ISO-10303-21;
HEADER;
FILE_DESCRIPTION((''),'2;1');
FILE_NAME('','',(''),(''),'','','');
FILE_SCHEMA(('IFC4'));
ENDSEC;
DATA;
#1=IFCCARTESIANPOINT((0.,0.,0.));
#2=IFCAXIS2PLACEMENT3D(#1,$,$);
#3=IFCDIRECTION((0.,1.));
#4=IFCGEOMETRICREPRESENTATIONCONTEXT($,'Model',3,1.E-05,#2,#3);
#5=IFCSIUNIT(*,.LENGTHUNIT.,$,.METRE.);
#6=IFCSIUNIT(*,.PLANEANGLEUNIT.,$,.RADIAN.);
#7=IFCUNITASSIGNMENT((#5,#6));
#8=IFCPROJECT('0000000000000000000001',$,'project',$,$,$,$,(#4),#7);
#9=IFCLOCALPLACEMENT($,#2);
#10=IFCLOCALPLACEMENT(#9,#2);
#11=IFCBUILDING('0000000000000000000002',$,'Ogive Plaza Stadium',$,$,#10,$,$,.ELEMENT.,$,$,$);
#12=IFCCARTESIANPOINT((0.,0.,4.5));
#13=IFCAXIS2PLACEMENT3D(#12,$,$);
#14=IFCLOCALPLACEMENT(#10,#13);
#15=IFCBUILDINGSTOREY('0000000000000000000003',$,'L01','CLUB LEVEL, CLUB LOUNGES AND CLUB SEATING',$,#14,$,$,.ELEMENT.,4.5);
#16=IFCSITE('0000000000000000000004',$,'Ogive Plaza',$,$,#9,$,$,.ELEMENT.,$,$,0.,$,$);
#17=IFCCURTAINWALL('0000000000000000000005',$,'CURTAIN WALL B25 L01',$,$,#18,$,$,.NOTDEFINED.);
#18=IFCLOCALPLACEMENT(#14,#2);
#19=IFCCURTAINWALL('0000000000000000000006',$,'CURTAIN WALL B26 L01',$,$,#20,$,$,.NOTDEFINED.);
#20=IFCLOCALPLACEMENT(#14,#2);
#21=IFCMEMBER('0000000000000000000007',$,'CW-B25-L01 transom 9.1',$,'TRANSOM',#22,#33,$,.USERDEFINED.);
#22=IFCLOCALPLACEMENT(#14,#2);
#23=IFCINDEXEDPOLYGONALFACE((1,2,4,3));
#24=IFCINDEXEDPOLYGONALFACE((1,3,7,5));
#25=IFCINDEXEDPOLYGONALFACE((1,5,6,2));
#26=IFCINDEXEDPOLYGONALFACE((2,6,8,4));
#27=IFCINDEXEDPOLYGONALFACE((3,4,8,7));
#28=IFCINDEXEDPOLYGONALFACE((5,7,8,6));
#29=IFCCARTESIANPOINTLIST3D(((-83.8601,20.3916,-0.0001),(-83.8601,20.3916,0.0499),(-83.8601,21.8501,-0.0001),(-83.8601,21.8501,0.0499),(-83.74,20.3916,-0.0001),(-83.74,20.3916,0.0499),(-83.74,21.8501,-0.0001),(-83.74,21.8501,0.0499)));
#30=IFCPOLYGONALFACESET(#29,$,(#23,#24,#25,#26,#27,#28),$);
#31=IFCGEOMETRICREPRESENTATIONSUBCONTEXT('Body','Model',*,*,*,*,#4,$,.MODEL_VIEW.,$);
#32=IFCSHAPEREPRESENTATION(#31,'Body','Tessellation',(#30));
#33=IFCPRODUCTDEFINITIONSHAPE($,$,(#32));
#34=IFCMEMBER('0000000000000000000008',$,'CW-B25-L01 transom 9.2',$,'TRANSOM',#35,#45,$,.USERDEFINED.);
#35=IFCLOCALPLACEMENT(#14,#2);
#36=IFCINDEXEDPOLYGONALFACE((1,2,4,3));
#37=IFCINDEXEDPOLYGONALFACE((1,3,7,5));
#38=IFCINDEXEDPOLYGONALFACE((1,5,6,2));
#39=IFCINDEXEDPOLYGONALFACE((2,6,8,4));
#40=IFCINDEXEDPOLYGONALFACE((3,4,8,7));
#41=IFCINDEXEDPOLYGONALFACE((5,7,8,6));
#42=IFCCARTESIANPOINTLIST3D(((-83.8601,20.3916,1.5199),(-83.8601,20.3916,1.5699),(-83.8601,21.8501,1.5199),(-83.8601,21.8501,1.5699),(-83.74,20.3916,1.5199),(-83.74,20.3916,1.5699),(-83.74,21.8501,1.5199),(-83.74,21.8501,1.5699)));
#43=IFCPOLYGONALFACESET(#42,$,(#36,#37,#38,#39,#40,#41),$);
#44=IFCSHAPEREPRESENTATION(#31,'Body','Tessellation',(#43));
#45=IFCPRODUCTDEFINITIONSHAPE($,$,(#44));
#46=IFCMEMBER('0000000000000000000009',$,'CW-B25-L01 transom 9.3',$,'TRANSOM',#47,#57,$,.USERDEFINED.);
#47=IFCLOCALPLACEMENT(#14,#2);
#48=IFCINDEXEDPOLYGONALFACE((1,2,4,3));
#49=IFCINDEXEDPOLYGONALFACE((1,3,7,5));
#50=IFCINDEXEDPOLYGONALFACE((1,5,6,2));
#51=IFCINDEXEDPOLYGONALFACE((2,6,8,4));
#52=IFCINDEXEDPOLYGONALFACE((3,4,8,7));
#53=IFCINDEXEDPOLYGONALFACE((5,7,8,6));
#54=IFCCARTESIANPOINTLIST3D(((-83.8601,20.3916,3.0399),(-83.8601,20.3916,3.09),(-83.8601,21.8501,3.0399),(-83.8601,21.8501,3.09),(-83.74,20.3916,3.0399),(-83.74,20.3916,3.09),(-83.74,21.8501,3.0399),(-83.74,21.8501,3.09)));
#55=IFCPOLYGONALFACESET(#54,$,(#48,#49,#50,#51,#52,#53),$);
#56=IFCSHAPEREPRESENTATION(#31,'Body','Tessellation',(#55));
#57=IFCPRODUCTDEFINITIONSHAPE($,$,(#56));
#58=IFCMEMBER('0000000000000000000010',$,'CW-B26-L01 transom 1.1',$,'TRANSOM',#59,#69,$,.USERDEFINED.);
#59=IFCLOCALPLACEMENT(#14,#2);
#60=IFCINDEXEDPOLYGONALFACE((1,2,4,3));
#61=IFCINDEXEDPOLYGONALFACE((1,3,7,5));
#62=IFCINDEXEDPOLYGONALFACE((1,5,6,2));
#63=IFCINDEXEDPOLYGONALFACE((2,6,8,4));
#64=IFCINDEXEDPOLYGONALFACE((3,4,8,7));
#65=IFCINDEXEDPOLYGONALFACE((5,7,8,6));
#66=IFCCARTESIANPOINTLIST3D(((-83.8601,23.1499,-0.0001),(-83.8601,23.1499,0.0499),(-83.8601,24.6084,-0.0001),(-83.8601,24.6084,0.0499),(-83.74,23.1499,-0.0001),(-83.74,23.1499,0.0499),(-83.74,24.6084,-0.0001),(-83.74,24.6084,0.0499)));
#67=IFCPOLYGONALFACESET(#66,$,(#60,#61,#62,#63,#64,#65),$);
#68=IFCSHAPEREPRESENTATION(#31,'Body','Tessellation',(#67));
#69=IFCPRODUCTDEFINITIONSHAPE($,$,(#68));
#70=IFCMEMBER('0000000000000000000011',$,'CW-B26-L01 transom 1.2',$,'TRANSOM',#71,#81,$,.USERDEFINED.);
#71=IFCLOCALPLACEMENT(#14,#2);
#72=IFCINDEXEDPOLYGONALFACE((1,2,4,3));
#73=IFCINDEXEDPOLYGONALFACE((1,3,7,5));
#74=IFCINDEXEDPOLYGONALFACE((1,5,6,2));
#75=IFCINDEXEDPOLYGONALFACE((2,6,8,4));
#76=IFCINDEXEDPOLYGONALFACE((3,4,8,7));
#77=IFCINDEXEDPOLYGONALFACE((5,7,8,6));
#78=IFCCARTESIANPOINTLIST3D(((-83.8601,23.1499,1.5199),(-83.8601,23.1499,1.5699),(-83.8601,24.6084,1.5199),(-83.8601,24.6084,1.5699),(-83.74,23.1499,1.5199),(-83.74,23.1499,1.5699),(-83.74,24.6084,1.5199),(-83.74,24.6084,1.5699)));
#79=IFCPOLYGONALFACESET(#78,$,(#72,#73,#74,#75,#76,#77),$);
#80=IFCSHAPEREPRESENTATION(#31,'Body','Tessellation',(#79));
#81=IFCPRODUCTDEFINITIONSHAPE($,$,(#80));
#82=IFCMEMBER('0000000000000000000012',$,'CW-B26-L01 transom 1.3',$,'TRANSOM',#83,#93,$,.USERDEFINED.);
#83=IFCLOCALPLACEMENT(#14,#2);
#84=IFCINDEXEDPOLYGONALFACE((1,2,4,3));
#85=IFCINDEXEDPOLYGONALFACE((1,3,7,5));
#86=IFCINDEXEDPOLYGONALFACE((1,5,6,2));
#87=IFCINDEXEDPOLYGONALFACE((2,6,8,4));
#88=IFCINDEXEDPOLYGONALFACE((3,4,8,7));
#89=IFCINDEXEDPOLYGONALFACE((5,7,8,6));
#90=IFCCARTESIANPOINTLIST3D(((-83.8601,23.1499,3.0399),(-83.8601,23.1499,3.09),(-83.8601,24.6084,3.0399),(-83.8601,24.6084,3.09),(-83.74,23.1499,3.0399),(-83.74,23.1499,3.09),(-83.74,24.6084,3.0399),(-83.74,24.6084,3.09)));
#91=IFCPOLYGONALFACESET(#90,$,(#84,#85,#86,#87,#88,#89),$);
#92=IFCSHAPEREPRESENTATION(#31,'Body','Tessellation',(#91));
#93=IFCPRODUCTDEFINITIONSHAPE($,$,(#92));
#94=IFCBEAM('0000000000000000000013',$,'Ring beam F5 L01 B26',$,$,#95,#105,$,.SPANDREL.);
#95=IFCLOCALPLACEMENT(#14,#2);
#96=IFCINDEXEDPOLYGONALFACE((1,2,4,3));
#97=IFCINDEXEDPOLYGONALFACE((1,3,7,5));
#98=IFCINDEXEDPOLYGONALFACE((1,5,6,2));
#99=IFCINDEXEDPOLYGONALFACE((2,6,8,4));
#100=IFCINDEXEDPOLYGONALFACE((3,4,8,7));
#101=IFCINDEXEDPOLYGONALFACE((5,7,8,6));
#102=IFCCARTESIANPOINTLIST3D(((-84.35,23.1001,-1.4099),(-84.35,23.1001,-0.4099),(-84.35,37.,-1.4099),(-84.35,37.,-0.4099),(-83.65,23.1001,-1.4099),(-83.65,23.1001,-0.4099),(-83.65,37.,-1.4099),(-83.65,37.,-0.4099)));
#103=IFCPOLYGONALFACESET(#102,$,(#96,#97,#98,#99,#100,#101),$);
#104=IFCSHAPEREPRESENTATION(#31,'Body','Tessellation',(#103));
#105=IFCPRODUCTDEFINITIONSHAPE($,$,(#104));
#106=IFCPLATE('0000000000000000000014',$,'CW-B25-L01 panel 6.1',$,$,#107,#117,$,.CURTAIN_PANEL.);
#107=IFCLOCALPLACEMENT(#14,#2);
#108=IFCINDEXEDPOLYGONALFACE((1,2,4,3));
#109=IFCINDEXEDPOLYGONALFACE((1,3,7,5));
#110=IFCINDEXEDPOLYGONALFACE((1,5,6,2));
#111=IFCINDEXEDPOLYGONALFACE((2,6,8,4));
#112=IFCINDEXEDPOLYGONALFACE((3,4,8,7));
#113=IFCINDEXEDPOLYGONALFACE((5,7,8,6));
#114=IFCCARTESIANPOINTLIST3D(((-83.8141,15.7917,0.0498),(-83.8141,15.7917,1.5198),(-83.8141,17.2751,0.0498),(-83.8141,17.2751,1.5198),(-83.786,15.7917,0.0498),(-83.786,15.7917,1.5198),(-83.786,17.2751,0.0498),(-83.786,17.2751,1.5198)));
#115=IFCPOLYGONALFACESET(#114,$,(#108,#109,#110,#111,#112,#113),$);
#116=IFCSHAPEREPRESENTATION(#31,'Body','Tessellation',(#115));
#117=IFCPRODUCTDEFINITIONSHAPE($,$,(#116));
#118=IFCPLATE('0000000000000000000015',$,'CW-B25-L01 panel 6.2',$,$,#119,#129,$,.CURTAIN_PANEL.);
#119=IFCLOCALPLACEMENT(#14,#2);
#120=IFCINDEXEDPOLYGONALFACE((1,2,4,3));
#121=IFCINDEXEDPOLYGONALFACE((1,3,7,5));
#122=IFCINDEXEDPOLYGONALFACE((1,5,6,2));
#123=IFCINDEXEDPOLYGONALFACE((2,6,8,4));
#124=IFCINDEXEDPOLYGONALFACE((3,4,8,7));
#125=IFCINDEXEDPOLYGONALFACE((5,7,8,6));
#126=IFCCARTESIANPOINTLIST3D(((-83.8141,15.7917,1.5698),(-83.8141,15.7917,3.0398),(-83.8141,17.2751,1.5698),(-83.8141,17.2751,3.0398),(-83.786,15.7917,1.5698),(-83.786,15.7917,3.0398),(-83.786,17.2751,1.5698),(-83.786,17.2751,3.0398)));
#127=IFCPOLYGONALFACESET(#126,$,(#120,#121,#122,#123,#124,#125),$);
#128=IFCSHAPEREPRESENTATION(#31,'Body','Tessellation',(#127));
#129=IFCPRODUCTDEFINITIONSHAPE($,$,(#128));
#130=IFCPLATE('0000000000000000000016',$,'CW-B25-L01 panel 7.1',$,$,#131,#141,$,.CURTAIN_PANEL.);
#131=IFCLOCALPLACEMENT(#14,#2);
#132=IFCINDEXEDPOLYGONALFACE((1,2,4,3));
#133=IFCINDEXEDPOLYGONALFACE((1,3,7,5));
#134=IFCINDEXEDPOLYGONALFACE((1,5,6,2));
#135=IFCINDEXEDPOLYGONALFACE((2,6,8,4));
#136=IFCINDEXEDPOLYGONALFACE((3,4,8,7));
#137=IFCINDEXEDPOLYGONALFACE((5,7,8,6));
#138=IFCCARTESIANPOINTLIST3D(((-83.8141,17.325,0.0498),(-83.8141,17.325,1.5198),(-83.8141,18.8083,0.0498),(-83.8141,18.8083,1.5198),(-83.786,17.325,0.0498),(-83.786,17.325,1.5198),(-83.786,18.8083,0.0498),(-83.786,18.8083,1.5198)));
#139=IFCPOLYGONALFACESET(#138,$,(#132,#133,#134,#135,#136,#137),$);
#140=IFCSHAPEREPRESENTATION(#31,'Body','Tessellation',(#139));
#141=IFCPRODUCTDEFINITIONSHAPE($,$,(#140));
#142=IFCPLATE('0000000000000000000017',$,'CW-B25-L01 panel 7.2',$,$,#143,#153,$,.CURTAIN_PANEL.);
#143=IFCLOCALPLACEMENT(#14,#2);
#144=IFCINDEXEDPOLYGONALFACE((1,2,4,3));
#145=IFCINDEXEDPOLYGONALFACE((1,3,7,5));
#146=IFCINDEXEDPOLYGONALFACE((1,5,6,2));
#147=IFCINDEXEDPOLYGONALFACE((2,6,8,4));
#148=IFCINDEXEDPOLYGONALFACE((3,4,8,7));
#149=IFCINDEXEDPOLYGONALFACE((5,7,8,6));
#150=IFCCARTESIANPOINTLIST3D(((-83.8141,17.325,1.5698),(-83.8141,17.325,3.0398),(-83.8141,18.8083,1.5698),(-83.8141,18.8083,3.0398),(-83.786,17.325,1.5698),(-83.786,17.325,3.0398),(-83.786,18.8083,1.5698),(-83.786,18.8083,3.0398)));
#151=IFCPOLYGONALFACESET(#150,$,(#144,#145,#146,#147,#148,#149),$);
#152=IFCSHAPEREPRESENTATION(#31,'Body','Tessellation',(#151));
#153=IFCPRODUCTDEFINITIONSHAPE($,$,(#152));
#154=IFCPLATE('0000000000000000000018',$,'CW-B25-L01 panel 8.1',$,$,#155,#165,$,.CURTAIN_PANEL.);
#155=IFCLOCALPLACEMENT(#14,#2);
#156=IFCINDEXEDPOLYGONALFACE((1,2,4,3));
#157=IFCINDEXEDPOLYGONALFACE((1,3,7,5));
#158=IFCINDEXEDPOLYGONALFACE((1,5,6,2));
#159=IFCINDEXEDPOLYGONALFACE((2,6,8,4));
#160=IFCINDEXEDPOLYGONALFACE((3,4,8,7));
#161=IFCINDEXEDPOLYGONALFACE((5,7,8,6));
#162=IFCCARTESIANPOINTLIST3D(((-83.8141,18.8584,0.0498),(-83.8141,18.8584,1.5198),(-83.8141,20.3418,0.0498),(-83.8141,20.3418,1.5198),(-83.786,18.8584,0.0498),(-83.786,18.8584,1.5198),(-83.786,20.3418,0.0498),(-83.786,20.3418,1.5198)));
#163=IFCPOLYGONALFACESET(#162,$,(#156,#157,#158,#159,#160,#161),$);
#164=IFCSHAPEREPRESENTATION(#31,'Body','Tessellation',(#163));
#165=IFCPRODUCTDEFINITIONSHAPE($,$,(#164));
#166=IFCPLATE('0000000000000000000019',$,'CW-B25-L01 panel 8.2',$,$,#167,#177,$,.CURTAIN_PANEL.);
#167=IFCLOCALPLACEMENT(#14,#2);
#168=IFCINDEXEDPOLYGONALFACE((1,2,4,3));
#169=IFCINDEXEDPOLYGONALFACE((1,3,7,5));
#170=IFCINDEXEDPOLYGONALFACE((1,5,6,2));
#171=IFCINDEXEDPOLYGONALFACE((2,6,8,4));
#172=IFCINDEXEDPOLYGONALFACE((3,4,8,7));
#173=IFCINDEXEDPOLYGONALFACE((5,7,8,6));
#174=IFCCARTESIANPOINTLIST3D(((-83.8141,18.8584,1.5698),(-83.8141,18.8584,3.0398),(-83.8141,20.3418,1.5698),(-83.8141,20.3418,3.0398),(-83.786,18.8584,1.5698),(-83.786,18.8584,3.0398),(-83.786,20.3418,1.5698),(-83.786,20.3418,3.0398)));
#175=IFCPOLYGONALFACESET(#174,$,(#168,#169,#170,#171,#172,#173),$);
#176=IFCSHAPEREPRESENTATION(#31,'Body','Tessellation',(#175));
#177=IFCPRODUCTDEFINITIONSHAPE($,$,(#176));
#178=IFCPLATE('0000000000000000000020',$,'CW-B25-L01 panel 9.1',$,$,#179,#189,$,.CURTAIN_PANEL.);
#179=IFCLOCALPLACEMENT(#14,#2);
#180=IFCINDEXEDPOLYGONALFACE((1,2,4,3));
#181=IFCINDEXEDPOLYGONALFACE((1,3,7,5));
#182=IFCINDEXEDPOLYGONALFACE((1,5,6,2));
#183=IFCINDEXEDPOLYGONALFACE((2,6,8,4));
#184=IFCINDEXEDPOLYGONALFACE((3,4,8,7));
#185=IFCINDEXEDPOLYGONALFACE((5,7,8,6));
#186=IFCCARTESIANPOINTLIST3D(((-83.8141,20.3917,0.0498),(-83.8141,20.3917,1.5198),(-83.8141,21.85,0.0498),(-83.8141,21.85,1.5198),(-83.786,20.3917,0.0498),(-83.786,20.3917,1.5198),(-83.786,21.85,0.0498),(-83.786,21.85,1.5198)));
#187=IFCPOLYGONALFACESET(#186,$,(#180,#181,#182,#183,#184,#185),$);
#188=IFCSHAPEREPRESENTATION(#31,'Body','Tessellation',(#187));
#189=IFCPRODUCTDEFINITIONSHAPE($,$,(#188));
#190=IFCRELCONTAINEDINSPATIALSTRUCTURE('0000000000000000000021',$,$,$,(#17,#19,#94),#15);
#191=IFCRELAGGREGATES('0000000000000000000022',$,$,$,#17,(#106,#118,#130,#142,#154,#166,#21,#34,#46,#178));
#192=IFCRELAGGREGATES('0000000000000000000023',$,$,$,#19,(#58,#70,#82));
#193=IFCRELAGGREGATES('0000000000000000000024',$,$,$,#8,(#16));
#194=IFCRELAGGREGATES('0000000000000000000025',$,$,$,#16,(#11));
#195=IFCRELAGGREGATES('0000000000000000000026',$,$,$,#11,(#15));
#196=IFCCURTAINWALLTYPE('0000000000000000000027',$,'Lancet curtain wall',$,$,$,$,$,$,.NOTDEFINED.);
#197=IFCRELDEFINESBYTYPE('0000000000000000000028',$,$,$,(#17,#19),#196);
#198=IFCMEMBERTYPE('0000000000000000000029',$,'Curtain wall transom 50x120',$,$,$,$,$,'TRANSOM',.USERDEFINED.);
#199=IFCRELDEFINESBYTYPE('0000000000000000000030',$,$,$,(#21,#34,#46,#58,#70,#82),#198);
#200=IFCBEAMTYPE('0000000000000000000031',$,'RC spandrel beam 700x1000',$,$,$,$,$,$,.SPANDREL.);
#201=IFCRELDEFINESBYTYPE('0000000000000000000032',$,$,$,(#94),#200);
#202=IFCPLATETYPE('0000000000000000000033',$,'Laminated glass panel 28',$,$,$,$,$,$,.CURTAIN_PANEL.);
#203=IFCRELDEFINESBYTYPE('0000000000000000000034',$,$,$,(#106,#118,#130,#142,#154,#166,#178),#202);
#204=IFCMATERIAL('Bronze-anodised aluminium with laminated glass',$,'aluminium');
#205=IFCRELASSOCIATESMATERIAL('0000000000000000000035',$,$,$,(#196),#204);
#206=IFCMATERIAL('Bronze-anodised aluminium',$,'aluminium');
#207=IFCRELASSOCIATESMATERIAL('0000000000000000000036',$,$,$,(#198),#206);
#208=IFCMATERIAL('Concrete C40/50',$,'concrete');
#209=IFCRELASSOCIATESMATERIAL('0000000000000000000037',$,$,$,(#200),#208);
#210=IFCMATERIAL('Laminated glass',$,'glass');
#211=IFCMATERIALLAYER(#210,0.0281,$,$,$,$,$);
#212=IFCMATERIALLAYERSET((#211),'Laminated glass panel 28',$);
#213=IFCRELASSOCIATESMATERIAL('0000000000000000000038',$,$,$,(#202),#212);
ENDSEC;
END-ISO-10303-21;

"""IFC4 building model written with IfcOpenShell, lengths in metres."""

from ifc_helpers import new_model, si_unit, direction, frame, origin, origin_2d, place, context, subcontext, project, spatial, rectangle, extrude, material, layer, layer_set, material_profile, profile_set, type_object, element, aggregate, save


model = new_model("IFC4")

# Units and contexts
model_context = context("Model", 3, precision=1e-05, world=origin(), true_north=direction((0.0, 1.0)))
body_context = subcontext(model_context, "Body", "Model", "MODEL_VIEW")
ifc_project = project(units=[si_unit("LENGTHUNIT", "METRE"), si_unit("PLANEANGLEUNIT", "RADIAN")], contexts=[model_context])

# Site, building, storey
site_placement = place(None, origin())
site = spatial("IfcSite", under=ifc_project, at=site_placement, Name="Ogive Plaza", CompositionType="ELEMENT", RefElevation=0.0)
building_placement = place(site_placement, origin())
building = spatial("IfcBuilding", under=site, at=building_placement, Name="Ogive Plaza Stadium", CompositionType="ELEMENT")
storey_placement = place(building_placement, frame((0.0, 0.0, 4.5)))
storey = spatial("IfcBuildingStorey", under=building, at=storey_placement, Name="L01", Description="CLUB LEVEL, CLUB LOUNGES AND CLUB SEATING", CompositionType="ELEMENT", Elevation=4.5)

# Curtain walls
ifc_material_1 = material(Name="Bronze-anodised aluminium with laminated glass", Category="aluminium")
curtain_wall_type = type_object("IfcCurtainWallType", Name="Lancet curtain wall", PredefinedType="NOTDEFINED", material=ifc_material_1)
curtain_wall_1_placement = place(storey_placement, origin())
curtain_wall_1 = element("IfcCurtainWall", 1, at=curtain_wall_1_placement, inside=storey, type_object=curtain_wall_type, Name="CURTAIN WALL B25 L01", PredefinedType="NOTDEFINED")
curtain_wall_2_placement = place(storey_placement, origin())
curtain_wall_2 = element("IfcCurtainWall", 2, at=curtain_wall_2_placement, inside=storey, type_object=curtain_wall_type, Name="CURTAIN WALL B26 L01", PredefinedType="NOTDEFINED")

# Members
ifc_material_2 = material(Name="Bronze-anodised aluminium", Category="aluminium")
ifc_material_profile_1 = material_profile(ifc_material_2, rectangle(XDim=0.1201, YDim=0.05, at=origin_2d()), Name="AL 120x50")
ifc_profile_set_1 = profile_set([ifc_material_profile_1], Name="Bronze-anodised aluminium")
member_type_1 = type_object("IfcMemberType", Name="Curtain wall transom 50x120", ElementType="TRANSOM", PredefinedType="USERDEFINED", material=ifc_profile_set_1)
member_1_placement = place(storey_placement, frame((-83.8, 20.3916, 0.0249), z_axis=(0.0, 1.0, 0.0), x_axis=(-1.0, 0.0, 0.0)))
member_1 = element("IfcMember", 3, at=member_1_placement, type_object=member_type_1, Name="CW-B25-L01 transom 9.1", ObjectType="TRANSOM", PredefinedType="USERDEFINED", context=body_context, shape_type="SweptSolid", body=[
    extrude(rectangle(XDim=0.1201, YDim=0.05, at=origin_2d()), origin(), (0.0, 0.0, 1.0), 1.4585),
])
member_2_placement = place(storey_placement, frame((-83.8, 20.3916, 1.5449), z_axis=(0.0, 1.0, 0.0), x_axis=(-1.0, 0.0, 0.0)))
member_2 = element("IfcMember", 4, at=member_2_placement, type_object=member_type_1, Name="CW-B25-L01 transom 9.2", ObjectType="TRANSOM", PredefinedType="USERDEFINED", context=body_context, shape_type="SweptSolid", body=[
    extrude(rectangle(XDim=0.1201, YDim=0.05, at=origin_2d()), origin(), (0.0, 0.0, 1.0), 1.4585),
])
member_3_placement = place(storey_placement, frame((-83.8, 20.3916, 3.0649), z_axis=(0.0, 1.0, 0.0), x_axis=(-1.0, 0.0, 0.0)))
member_3 = element("IfcMember", 5, at=member_3_placement, type_object=member_type_1, Name="CW-B25-L01 transom 9.3", ObjectType="TRANSOM", PredefinedType="USERDEFINED", context=body_context, shape_type="SweptSolid", body=[
    extrude(rectangle(XDim=0.1201, YDim=0.05, at=origin_2d()), origin(), (0.0, 0.0, 1.0), 1.4585),
])
member_4_placement = place(storey_placement, frame((-83.8, 23.1499, 0.0249), z_axis=(0.0, 1.0, 0.0), x_axis=(-1.0, 0.0, 0.0)))
member_4 = element("IfcMember", 6, at=member_4_placement, type_object=member_type_1, Name="CW-B26-L01 transom 1.1", ObjectType="TRANSOM", PredefinedType="USERDEFINED", context=body_context, shape_type="SweptSolid", body=[
    extrude(rectangle(XDim=0.1201, YDim=0.05, at=origin_2d()), origin(), (0.0, 0.0, 1.0), 1.4585),
])
member_5_placement = place(storey_placement, frame((-83.8, 23.1499, 1.5449), z_axis=(0.0, 1.0, 0.0), x_axis=(-1.0, 0.0, 0.0)))
member_5 = element("IfcMember", 7, at=member_5_placement, type_object=member_type_1, Name="CW-B26-L01 transom 1.2", ObjectType="TRANSOM", PredefinedType="USERDEFINED", context=body_context, shape_type="SweptSolid", body=[
    extrude(rectangle(XDim=0.1201, YDim=0.05, at=origin_2d()), origin(), (0.0, 0.0, 1.0), 1.4585),
])
member_6_placement = place(storey_placement, frame((-83.8, 23.1499, 3.0649), z_axis=(0.0, 1.0, 0.0), x_axis=(-1.0, 0.0, 0.0)))
member_6 = element("IfcMember", 8, at=member_6_placement, type_object=member_type_1, Name="CW-B26-L01 transom 1.3", ObjectType="TRANSOM", PredefinedType="USERDEFINED", context=body_context, shape_type="SweptSolid", body=[
    extrude(rectangle(XDim=0.1201, YDim=0.05, at=origin_2d()), origin(), (0.0, 0.0, 1.0), 1.4585),
])

# Beam
ifc_material_3 = material(Name="Concrete C40/50", Category="concrete")
ifc_material_profile_2 = material_profile(ifc_material_3, rectangle(XDim=0.7, YDim=1.0, at=origin_2d()), Name="RC 700x1000")
ifc_profile_set_2 = profile_set([ifc_material_profile_2], Name="Concrete C40/50")
beam_type = type_object("IfcBeamType", Name="RC spandrel beam 700x1000", PredefinedType="SPANDREL", material=ifc_profile_set_2)
beam_placement = place(storey_placement, frame((-84.0, 23.1001, -0.9099), z_axis=(0.0, 1.0, 0.0), x_axis=(-1.0, 0.0, 0.0)))
element("IfcBeam", 9, at=beam_placement, inside=storey, type_object=beam_type, Name="Ring beam F5 L01 B26", PredefinedType="SPANDREL", context=body_context, shape_type="SweptSolid", body=[
    extrude(rectangle(XDim=0.7, YDim=1.0, at=origin_2d()), origin(), (0.0, 0.0, 1.0), 13.8999),
])

# Plates
ifc_material_4 = material(Name="Laminated glass", Category="glass")
ifc_layer = layer(ifc_material_4, 0.0281)
ifc_layer_set = layer_set([ifc_layer], Name="Laminated glass panel 28")
plate_type = type_object("IfcPlateType", Name="Laminated glass panel 28", PredefinedType="CURTAIN_PANEL", material=ifc_layer_set)
plate_1_placement = place(storey_placement, frame((-83.8, 16.5334, 0.0498), z_axis=(0.0, 0.0, 1.0), x_axis=(0.0, 1.0, 0.0)))
plate_1 = element("IfcPlate", 10, at=plate_1_placement, type_object=plate_type, Name="CW-B25-L01 panel 6.1", PredefinedType="CURTAIN_PANEL", context=body_context, shape_type="SweptSolid", body=[
    extrude(rectangle(XDim=1.4834, YDim=0.0281, at=origin_2d()), origin(), (0.0, 0.0, 1.0), 1.47),
])
plate_2_placement = place(storey_placement, frame((-83.8, 16.5334, 1.5698), z_axis=(0.0, 0.0, 1.0), x_axis=(0.0, 1.0, 0.0)))
plate_2 = element("IfcPlate", 11, at=plate_2_placement, type_object=plate_type, Name="CW-B25-L01 panel 6.2", PredefinedType="CURTAIN_PANEL", context=body_context, shape_type="SweptSolid", body=[
    extrude(rectangle(XDim=1.4834, YDim=0.0281, at=origin_2d()), origin(), (0.0, 0.0, 1.0), 1.47),
])
plate_3_placement = place(storey_placement, frame((-83.8, 18.0667, 0.0498), z_axis=(0.0, 0.0, 1.0), x_axis=(0.0, 1.0, 0.0)))
plate_3 = element("IfcPlate", 12, at=plate_3_placement, type_object=plate_type, Name="CW-B25-L01 panel 7.1", PredefinedType="CURTAIN_PANEL", context=body_context, shape_type="SweptSolid", body=[
    extrude(rectangle(XDim=1.4834, YDim=0.0281, at=origin_2d()), origin(), (0.0, 0.0, 1.0), 1.47),
])
plate_4_placement = place(storey_placement, frame((-83.8, 18.0667, 1.5698), z_axis=(0.0, 0.0, 1.0), x_axis=(0.0, 1.0, 0.0)))
plate_4 = element("IfcPlate", 13, at=plate_4_placement, type_object=plate_type, Name="CW-B25-L01 panel 7.2", PredefinedType="CURTAIN_PANEL", context=body_context, shape_type="SweptSolid", body=[
    extrude(rectangle(XDim=1.4834, YDim=0.0281, at=origin_2d()), origin(), (0.0, 0.0, 1.0), 1.47),
])
plate_5_placement = place(storey_placement, frame((-83.8, 19.6001, 0.0498), z_axis=(0.0, 0.0, 1.0), x_axis=(0.0, 1.0, 0.0)))
plate_5 = element("IfcPlate", 14, at=plate_5_placement, type_object=plate_type, Name="CW-B25-L01 panel 8.1", PredefinedType="CURTAIN_PANEL", context=body_context, shape_type="SweptSolid", body=[
    extrude(rectangle(XDim=1.4834, YDim=0.0281, at=origin_2d()), origin(), (0.0, 0.0, 1.0), 1.47),
])
plate_6_placement = place(storey_placement, frame((-83.8, 19.6001, 1.5698), z_axis=(0.0, 0.0, 1.0), x_axis=(0.0, 1.0, 0.0)))
plate_6 = element("IfcPlate", 15, at=plate_6_placement, type_object=plate_type, Name="CW-B25-L01 panel 8.2", PredefinedType="CURTAIN_PANEL", context=body_context, shape_type="SweptSolid", body=[
    extrude(rectangle(XDim=1.4834, YDim=0.0281, at=origin_2d()), origin(), (0.0, 0.0, 1.0), 1.47),
])
plate_7_placement = place(storey_placement, frame((-83.8, 21.1208, 0.0498), z_axis=(0.0, 0.0, 1.0), x_axis=(0.0, 1.0, 0.0)))
plate_7 = element("IfcPlate", 16, at=plate_7_placement, type_object=plate_type, Name="CW-B25-L01 panel 9.1", PredefinedType="CURTAIN_PANEL", context=body_context, shape_type="SweptSolid", body=[
    extrude(rectangle(XDim=1.4583, YDim=0.0281, at=origin_2d()), origin(), (0.0, 0.0, 1.0), 1.47),
])
aggregate(curtain_wall_1, [plate_1, plate_2, plate_3, plate_4, plate_5, plate_6, member_1, member_2, member_3, plate_7])
aggregate(curtain_wall_2, [member_4, member_5, member_6])

save(model, "model.ifc")
